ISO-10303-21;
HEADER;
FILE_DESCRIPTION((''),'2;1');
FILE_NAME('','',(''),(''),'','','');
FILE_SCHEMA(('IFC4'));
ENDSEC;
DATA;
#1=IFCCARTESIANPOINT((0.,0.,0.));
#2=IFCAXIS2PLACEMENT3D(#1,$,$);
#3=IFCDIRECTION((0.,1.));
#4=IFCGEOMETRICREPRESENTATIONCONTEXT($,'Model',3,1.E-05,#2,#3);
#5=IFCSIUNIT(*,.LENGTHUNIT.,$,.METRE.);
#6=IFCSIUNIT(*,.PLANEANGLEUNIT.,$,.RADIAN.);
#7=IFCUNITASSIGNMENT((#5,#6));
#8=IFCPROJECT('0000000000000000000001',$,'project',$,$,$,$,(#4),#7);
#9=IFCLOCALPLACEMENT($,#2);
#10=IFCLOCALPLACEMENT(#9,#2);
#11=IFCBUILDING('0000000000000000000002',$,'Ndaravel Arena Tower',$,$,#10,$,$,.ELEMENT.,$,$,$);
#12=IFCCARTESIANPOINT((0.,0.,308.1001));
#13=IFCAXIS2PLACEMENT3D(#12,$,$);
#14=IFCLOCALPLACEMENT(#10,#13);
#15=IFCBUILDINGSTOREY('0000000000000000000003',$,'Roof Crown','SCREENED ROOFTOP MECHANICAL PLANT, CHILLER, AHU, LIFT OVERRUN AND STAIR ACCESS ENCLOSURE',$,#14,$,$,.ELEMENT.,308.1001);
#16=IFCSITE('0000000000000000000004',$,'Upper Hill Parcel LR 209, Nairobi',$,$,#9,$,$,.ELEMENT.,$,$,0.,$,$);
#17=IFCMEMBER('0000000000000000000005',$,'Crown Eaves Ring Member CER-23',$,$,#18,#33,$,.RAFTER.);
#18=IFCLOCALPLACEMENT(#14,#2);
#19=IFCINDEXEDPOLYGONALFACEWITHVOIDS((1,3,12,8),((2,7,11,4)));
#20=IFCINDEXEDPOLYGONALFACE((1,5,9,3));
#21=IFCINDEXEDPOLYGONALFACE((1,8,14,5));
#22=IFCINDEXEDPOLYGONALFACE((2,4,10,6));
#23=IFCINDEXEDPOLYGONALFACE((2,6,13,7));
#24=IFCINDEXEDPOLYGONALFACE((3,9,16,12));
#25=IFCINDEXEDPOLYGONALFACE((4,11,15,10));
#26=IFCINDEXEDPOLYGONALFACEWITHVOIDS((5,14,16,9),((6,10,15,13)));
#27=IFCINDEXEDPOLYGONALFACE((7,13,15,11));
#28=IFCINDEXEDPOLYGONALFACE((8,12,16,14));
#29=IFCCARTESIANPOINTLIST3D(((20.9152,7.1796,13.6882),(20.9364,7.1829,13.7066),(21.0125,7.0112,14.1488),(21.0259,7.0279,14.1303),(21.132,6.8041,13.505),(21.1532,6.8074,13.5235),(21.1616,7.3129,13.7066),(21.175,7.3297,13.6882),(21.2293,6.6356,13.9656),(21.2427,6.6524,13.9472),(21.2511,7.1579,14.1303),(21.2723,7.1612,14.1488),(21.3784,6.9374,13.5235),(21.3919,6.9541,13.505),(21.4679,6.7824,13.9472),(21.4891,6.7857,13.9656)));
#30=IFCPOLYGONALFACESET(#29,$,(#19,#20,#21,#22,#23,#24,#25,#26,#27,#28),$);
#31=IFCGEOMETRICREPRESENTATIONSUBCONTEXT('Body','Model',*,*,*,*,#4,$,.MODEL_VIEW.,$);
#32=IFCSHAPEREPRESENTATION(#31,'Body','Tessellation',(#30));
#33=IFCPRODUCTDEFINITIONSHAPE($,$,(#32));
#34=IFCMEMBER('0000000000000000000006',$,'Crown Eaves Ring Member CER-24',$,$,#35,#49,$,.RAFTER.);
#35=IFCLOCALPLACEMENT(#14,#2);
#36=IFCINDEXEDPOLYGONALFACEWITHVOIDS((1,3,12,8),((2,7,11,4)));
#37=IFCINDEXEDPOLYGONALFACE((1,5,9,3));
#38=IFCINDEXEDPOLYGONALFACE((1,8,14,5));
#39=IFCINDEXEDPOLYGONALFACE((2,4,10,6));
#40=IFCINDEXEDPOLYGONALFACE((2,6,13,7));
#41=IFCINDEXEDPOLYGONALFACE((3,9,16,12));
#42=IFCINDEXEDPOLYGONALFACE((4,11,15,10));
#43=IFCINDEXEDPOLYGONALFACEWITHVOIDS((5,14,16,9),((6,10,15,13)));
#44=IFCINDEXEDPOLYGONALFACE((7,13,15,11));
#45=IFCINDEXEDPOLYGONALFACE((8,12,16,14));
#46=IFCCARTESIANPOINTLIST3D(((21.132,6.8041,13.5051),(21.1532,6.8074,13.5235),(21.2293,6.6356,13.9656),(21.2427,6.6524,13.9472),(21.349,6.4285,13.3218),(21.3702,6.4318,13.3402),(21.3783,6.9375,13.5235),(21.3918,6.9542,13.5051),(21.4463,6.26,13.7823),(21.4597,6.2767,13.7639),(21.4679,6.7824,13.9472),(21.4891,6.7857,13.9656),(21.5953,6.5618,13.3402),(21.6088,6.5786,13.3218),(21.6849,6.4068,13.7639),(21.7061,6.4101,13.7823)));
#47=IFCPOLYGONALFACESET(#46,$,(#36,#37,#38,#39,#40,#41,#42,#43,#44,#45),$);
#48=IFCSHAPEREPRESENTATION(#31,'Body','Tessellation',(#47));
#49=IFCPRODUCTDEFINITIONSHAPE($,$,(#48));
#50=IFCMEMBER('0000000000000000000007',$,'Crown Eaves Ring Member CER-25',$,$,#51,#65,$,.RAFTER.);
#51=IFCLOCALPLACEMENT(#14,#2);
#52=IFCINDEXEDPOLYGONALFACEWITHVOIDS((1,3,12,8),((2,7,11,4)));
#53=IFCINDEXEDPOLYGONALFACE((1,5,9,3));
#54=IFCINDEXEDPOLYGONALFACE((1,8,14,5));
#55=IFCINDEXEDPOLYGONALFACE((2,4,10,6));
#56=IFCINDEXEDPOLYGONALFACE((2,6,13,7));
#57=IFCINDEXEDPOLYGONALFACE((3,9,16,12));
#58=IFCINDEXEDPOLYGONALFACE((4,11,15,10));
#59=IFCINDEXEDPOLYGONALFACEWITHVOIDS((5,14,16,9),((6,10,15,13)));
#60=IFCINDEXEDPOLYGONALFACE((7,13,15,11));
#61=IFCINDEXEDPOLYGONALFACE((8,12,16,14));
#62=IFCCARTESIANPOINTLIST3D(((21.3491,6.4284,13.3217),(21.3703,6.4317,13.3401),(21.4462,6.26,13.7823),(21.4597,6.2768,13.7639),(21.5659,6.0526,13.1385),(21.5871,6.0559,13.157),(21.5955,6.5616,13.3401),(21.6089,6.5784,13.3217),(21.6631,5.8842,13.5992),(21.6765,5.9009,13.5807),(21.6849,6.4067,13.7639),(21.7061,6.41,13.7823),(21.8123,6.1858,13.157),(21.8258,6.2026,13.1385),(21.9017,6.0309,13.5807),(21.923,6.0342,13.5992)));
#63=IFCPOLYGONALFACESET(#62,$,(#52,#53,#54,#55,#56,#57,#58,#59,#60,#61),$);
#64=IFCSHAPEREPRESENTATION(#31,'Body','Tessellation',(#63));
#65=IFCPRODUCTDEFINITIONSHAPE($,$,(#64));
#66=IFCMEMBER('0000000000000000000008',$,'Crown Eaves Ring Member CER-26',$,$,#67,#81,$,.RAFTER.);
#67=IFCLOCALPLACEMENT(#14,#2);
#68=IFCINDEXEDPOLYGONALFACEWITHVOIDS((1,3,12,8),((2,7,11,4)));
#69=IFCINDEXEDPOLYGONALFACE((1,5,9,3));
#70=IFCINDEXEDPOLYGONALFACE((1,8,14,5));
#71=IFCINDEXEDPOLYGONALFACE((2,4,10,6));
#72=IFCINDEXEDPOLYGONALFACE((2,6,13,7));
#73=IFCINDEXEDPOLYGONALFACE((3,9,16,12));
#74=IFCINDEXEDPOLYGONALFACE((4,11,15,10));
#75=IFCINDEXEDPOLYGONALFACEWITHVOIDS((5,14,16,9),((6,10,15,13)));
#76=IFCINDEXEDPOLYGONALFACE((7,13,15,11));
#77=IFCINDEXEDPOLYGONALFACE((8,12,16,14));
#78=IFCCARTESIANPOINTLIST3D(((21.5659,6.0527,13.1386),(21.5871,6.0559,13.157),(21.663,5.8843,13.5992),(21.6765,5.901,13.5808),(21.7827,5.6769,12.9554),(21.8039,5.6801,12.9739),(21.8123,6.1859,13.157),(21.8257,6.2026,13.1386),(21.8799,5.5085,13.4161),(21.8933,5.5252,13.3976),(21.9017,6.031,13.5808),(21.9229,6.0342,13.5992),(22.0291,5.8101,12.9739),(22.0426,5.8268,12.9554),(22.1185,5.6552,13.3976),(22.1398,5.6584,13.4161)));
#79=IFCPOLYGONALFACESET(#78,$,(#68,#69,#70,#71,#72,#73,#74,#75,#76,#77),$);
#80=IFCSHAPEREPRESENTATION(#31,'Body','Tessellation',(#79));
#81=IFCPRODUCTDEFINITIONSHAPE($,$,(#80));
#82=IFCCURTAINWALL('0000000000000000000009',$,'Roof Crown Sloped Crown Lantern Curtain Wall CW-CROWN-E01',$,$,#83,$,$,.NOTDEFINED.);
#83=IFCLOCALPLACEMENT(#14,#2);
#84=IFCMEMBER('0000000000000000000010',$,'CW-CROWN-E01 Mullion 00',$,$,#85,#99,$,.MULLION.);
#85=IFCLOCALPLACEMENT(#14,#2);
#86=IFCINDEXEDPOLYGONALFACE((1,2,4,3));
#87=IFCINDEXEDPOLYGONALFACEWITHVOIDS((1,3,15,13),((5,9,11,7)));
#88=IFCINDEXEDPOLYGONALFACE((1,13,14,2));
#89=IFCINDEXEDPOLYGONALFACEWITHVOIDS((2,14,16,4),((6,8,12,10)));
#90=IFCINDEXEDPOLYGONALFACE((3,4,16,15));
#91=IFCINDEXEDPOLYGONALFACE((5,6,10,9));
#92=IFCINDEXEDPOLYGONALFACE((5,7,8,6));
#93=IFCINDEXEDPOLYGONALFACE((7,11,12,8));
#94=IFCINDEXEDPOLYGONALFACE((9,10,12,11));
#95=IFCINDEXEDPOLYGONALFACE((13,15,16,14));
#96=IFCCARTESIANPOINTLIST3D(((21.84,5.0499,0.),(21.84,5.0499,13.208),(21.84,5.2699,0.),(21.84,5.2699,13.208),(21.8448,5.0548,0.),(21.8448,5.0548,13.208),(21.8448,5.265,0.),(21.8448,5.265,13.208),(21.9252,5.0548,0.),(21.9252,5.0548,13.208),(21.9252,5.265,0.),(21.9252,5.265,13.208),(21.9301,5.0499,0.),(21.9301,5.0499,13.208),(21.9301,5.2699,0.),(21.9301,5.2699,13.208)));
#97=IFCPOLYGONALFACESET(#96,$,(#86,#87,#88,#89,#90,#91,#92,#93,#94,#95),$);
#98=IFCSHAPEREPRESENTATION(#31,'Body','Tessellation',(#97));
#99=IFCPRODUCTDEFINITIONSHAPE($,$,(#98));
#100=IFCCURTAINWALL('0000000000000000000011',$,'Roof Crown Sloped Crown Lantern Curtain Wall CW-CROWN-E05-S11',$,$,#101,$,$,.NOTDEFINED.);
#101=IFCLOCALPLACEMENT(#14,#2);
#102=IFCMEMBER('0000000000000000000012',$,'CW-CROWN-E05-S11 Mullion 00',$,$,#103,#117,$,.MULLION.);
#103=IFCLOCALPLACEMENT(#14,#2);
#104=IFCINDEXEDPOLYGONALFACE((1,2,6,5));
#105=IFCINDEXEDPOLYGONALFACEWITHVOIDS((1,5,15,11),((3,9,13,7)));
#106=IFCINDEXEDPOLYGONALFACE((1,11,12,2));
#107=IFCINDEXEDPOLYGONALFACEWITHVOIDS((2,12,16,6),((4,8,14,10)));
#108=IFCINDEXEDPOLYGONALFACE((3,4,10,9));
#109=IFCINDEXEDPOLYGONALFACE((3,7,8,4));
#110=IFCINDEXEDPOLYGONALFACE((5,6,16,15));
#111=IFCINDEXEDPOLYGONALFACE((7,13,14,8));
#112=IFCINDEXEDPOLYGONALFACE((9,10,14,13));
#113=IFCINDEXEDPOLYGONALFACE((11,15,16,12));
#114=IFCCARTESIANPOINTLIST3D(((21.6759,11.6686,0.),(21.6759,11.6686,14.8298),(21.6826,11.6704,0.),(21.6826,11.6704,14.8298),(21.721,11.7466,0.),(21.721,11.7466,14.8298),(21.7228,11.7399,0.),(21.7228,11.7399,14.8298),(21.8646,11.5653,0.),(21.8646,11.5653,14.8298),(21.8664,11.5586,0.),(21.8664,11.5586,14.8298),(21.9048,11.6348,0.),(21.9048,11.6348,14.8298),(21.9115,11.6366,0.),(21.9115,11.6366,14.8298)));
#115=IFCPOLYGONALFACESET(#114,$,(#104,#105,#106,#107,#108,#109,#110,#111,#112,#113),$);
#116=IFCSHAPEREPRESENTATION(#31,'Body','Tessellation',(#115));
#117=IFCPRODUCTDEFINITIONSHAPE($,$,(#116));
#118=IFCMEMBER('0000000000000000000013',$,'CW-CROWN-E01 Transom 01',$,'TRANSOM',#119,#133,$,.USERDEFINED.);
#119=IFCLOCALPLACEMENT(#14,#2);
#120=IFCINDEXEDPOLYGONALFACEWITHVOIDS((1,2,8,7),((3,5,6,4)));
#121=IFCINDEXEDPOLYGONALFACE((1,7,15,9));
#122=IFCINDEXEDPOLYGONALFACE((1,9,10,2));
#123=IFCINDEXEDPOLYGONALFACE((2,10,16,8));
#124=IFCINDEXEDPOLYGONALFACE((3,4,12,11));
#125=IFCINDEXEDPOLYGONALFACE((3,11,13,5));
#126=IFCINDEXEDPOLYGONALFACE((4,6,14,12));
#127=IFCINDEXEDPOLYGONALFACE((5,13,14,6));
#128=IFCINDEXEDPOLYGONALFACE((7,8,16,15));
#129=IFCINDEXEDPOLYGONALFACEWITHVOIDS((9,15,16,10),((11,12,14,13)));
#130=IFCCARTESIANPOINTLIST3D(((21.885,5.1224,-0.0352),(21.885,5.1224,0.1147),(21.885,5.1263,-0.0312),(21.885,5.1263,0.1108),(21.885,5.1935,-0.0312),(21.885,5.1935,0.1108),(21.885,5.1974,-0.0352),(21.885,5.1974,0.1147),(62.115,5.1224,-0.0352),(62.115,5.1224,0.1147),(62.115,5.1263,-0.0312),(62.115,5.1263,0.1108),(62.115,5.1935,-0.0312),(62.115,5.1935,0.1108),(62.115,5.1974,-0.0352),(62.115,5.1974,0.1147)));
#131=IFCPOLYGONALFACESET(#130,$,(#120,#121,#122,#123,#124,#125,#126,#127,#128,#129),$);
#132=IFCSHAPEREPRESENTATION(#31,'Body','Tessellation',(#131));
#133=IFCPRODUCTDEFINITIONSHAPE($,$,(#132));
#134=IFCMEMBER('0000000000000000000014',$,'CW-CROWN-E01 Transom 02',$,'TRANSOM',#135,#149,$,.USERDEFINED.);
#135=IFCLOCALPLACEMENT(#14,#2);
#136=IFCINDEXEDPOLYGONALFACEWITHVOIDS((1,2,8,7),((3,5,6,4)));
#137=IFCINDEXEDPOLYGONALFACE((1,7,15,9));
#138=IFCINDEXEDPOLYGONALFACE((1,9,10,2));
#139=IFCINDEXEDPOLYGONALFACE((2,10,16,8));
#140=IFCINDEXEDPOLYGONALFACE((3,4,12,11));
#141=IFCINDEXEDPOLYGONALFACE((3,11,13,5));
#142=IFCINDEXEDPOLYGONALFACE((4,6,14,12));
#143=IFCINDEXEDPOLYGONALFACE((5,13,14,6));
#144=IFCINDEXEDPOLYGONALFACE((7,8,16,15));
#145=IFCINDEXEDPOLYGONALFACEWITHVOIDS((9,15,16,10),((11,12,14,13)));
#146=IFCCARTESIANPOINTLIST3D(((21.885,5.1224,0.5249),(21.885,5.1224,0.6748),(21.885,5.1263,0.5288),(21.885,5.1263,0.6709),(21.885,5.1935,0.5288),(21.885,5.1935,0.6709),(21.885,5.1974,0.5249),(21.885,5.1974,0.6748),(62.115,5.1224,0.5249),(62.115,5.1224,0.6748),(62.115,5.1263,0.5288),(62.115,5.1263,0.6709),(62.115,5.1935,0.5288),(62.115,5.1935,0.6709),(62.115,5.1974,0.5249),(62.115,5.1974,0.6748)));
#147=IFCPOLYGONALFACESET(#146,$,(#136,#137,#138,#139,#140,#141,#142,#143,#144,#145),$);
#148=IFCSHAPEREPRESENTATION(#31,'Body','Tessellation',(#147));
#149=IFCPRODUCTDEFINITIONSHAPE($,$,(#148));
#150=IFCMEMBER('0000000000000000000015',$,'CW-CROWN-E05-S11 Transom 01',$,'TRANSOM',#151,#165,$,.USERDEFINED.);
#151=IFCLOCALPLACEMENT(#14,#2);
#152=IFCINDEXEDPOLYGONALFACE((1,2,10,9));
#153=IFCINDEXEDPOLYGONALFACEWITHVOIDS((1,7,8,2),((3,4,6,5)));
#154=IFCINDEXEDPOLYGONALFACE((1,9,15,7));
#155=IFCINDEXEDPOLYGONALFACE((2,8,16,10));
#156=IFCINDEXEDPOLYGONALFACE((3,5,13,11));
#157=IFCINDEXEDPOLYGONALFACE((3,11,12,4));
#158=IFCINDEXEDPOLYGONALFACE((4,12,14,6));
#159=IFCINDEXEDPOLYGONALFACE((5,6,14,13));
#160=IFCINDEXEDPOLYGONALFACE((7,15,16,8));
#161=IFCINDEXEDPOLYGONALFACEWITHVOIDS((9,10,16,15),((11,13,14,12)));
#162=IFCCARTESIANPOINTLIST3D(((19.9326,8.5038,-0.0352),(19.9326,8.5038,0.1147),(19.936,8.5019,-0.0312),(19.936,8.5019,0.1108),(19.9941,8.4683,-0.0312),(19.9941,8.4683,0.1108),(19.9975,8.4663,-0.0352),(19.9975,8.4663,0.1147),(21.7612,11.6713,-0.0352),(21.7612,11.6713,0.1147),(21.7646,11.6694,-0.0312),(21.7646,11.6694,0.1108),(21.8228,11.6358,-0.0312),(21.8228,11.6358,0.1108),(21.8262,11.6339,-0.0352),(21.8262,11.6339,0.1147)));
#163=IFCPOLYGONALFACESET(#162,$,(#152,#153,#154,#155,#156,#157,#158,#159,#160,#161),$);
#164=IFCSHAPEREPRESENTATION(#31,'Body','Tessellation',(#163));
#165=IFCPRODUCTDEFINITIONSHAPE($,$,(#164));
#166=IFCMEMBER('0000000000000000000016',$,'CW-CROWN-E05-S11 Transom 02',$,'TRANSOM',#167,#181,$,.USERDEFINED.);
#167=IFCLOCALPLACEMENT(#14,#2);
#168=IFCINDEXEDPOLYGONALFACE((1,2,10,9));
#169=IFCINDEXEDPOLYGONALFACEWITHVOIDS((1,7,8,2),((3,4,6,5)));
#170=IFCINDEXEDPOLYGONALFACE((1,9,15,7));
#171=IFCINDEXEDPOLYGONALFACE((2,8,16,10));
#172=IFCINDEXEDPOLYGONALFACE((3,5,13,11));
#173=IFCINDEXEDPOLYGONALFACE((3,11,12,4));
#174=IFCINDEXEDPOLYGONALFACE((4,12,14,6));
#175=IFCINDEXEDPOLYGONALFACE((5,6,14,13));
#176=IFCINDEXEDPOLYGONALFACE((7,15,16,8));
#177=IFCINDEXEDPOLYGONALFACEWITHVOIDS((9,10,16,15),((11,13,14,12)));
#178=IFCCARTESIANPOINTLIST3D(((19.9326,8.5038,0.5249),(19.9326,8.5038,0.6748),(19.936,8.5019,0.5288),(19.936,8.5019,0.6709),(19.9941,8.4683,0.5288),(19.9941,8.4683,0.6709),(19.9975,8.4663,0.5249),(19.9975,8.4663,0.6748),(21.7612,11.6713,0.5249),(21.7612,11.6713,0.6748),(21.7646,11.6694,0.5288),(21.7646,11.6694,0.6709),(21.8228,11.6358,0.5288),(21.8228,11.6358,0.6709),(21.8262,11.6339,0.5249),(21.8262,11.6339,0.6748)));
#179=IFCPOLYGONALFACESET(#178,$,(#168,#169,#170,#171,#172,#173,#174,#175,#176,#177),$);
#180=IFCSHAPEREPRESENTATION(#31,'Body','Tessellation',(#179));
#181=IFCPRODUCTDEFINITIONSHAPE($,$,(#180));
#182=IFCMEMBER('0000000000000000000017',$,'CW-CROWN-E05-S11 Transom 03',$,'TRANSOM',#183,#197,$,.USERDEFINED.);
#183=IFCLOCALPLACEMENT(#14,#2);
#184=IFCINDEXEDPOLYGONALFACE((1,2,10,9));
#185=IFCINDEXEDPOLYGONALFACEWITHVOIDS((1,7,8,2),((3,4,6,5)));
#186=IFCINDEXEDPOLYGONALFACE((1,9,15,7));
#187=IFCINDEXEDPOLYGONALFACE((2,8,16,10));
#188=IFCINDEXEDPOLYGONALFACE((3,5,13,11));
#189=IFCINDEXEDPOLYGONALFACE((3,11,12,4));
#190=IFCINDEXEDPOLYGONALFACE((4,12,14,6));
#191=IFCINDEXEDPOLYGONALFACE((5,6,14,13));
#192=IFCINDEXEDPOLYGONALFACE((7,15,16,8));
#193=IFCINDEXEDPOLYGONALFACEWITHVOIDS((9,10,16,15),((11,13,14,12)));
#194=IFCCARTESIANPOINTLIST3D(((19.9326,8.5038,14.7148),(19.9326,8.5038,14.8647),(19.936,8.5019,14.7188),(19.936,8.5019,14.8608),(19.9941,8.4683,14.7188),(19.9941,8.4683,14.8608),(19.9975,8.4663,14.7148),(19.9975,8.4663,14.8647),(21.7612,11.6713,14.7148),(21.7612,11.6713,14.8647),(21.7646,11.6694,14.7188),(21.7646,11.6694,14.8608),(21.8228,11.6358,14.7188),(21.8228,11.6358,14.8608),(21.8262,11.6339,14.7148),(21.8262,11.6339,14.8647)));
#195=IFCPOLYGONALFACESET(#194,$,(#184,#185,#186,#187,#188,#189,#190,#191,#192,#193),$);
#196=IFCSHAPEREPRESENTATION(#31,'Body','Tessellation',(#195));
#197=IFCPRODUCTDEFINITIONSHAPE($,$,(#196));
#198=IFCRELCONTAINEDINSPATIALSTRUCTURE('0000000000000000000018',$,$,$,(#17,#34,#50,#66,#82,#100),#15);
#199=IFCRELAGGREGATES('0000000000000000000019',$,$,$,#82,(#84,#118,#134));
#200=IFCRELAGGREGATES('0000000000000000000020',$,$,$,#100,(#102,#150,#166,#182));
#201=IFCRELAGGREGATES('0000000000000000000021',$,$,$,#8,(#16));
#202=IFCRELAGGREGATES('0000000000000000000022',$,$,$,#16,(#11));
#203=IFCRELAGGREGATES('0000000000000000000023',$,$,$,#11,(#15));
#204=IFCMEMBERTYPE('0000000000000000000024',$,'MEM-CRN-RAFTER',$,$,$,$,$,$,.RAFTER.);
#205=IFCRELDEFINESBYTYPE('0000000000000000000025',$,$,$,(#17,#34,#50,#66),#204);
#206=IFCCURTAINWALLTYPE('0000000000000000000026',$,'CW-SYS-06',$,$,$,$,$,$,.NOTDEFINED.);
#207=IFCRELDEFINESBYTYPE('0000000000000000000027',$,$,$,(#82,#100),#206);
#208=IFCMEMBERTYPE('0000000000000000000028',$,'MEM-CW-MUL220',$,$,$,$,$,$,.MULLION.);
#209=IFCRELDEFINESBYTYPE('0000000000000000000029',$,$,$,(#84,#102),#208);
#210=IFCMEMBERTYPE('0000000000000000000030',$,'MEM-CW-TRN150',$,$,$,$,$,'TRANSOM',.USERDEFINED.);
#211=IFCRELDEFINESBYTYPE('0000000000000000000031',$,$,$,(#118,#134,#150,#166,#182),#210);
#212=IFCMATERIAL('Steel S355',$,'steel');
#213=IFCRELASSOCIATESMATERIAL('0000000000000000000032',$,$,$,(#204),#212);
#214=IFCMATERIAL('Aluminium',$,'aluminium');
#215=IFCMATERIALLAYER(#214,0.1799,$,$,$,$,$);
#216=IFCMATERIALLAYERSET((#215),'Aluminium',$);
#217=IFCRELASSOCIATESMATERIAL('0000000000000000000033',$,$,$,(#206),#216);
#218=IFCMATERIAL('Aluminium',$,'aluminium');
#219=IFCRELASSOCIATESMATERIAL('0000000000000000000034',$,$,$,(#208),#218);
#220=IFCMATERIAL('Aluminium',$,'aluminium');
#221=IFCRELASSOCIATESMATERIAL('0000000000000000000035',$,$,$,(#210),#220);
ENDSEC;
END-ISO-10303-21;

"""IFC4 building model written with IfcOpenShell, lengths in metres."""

from ifc_helpers import new_model, si_unit, direction, frame, origin, origin_2d, place, context, subcontext, project, spatial, hollow_rectangle, extrude, material, layer, layer_set, material_profile, profile_set, type_object, element, aggregate, save


model = new_model("IFC4")

# Units and contexts
model_context = context("Model", 3, precision=1e-05, world=origin(), true_north=direction((0.0, 1.0)))
body_context = subcontext(model_context, "Body", "Model", "MODEL_VIEW")
ifc_project = project(units=[si_unit("LENGTHUNIT", "METRE"), si_unit("PLANEANGLEUNIT", "RADIAN")], contexts=[model_context])

# Site, building, storey
site_placement = place(None, origin())
site = spatial("IfcSite", under=ifc_project, at=site_placement, Name="Upper Hill Parcel LR 209, Nairobi", CompositionType="ELEMENT", RefElevation=0.0)
building_placement = place(site_placement, origin())
building = spatial("IfcBuilding", under=site, at=building_placement, Name="Ndaravel Arena Tower", CompositionType="ELEMENT")
storey_placement = place(building_placement, frame((0.0, 0.0, 308.1001)))
storey = spatial("IfcBuildingStorey", under=building, at=storey_placement, Name="Roof Crown", Description="SCREENED ROOFTOP MECHANICAL PLANT, CHILLER, AHU, LIFT OVERRUN AND STAIR ACCESS ENCLOSURE", CompositionType="ELEMENT", Elevation=308.1001)

# Members
ifc_material_1 = material(Name="Steel S355", Category="steel")
ifc_material_profile_1 = material_profile(ifc_material_1, hollow_rectangle(XDim=0.3, YDim=0.5, WallThickness=0.02, at=origin_2d()), Name="RHS 500x300x20")
ifc_profile_set_1 = profile_set([ifc_material_profile_1], Name="Steel S355")
member_type_1 = type_object("IfcMemberType", Name="MEM-CRN-RAFTER", PredefinedType="RAFTER", material=ifc_profile_set_1)
member_1_placement = place(storey_placement, frame((21.0938, 7.1704, 13.9185), z_axis=(0.460624, -0.797793, -0.389041), x_axis=(0.866017, 0.500015, 0.0)))
element("IfcMember", 1, at=member_1_placement, inside=storey, type_object=member_type_1, Name="Crown Eaves Ring Member CER-23", PredefinedType="RAFTER", context=body_context, shape_type="SweptSolid", body=[
    extrude(hollow_rectangle(XDim=0.3, YDim=0.5, WallThickness=0.02, at=origin_2d()), origin(), (0.0, 0.0, 1.0), 0.4707),
])
for number, where, z_axis, x_axis, name in (
    (2, (21.3105, 6.7949, 13.7354), (0.460749, -0.79763, -0.389227), (0.865914, 0.500193, 0.0), "Crown Eaves Ring Member CER-24"),
    (3, (21.5276, 6.4192, 13.552), (0.460433, -0.797981, -0.38888), (0.866157, 0.499771, 0.0), "Crown Eaves Ring Member CER-25"),
    (4, (21.7444, 6.0435, 13.3689), (0.460433, -0.797981, -0.38888), (0.866157, 0.499771, 0.0), "Crown Eaves Ring Member CER-26"),
):
    element("IfcMember", number, at=place(storey_placement, frame(where, z_axis=z_axis, x_axis=x_axis)), inside=storey, type_object=member_type_1, Name=name, PredefinedType="RAFTER", context=body_context, shape_type="SweptSolid", body=[
        extrude(hollow_rectangle(XDim=0.3, YDim=0.5, WallThickness=0.02, at=origin_2d()), origin(), (0.0, 0.0, 1.0), 0.4709),
    ])

# Curtain walls, members
ifc_material_2 = material(Name="Aluminium", Category="aluminium")
ifc_layer_1 = layer(ifc_material_2, 0.1799)
ifc_layer_set_1 = layer_set([ifc_layer_1], Name="Aluminium")
curtain_wall_type = type_object("IfcCurtainWallType", Name="CW-SYS-06", PredefinedType="NOTDEFINED", material=ifc_layer_set_1)
curtain_wall_1_placement = place(storey_placement, origin())
curtain_wall_1 = element("IfcCurtainWall", 5, at=curtain_wall_1_placement, inside=storey, type_object=curtain_wall_type, Name="Roof Crown Sloped Crown Lantern Curtain Wall CW-CROWN-E01", PredefinedType="NOTDEFINED")
ifc_material_3 = material(Name="Aluminium", Category="aluminium")
ifc_material_profile_2 = material_profile(ifc_material_3, hollow_rectangle(XDim=0.0901, YDim=0.22, WallThickness=0.0049, at=origin_2d()), Name="CW MULLION 90x220x5")
ifc_profile_set_2 = profile_set([ifc_material_profile_2], Name="Aluminium")
member_type_2 = type_object("IfcMemberType", Name="MEM-CW-MUL220", PredefinedType="MULLION", material=ifc_profile_set_2)
member_2_placement = place(storey_placement, frame((21.885, 5.1599, 0.0), z_axis=(0.0, 0.0, 1.0), x_axis=(1.0, 0.0, 0.0)))
member_2 = element("IfcMember", 6, at=member_2_placement, type_object=member_type_2, Name="CW-CROWN-E01 Mullion 00", PredefinedType="MULLION", context=body_context, shape_type="SweptSolid", body=[
    extrude(hollow_rectangle(XDim=0.0901, YDim=0.22, WallThickness=0.0049, at=origin_2d()), origin(), (0.0, 0.0, 1.0), 13.208),
])
curtain_wall_2_placement = place(storey_placement, origin())
curtain_wall_2 = element("IfcCurtainWall", 7, at=curtain_wall_2_placement, inside=storey, type_object=curtain_wall_type, Name="Roof Crown Sloped Crown Lantern Curtain Wall CW-CROWN-E05-S11", PredefinedType="NOTDEFINED")
member_3_placement = place(storey_placement, frame((21.7937, 11.6526, 0.0), z_axis=(0.0, 0.0, 1.0), x_axis=(-0.499985, -0.866034, 0.0)))
member_3 = element("IfcMember", 8, at=member_3_placement, type_object=member_type_2, Name="CW-CROWN-E05-S11 Mullion 00", PredefinedType="MULLION", context=body_context, shape_type="SweptSolid", body=[
    extrude(hollow_rectangle(XDim=0.0901, YDim=0.22, WallThickness=0.0049, at=origin_2d()), origin(), (0.0, 0.0, 1.0), 14.8298),
])

# Members
ifc_material_4 = material(Name="Aluminium", Category="aluminium")
ifc_material_profile_3 = material_profile(ifc_material_4, hollow_rectangle(XDim=0.075, YDim=0.1499, WallThickness=0.0039, at=origin_2d()), Name="CW TRANSOM 75x150x4")
ifc_profile_set_3 = profile_set([ifc_material_profile_3], Name="Aluminium")
member_type_3 = type_object("IfcMemberType", Name="MEM-CW-TRN150", ElementType="TRANSOM", PredefinedType="USERDEFINED", material=ifc_profile_set_3)
member_4_placement = place(storey_placement, frame((21.885, 5.1599, 0.0398), z_axis=(1.0, 0.0, 0.0), x_axis=(0.0, 1.0, 0.0)))
member_4 = element("IfcMember", 9, at=member_4_placement, type_object=member_type_3, Name="CW-CROWN-E01 Transom 01", ObjectType="TRANSOM", PredefinedType="USERDEFINED", context=body_context, shape_type="SweptSolid", body=[
    extrude(hollow_rectangle(XDim=0.075, YDim=0.1499, WallThickness=0.0039, at=origin_2d()), origin(), (0.0, 0.0, 1.0), 40.23),
])
member_5_placement = place(storey_placement, frame((21.885, 5.1599, 0.5999), z_axis=(1.0, 0.0, 0.0), x_axis=(0.0, 1.0, 0.0)))
member_5 = element("IfcMember", 10, at=member_5_placement, type_object=member_type_3, Name="CW-CROWN-E01 Transom 02", ObjectType="TRANSOM", PredefinedType="USERDEFINED", context=body_context, shape_type="SweptSolid", body=[
    extrude(hollow_rectangle(XDim=0.075, YDim=0.1499, WallThickness=0.0039, at=origin_2d()), origin(), (0.0, 0.0, 1.0), 40.23),
])
aggregate(curtain_wall_1, [member_2, member_4, member_5])
member_6_placement = place(storey_placement, frame((21.7937, 11.6526, 0.0398), z_axis=(-0.499973, -0.866041, 0.0), x_axis=(0.866041, -0.499973, 0.0)))
member_6 = element("IfcMember", 11, at=member_6_placement, type_object=member_type_3, Name="CW-CROWN-E05-S11 Transom 01", ObjectType="TRANSOM", PredefinedType="USERDEFINED", context=body_context, shape_type="SweptSolid", body=[
    extrude(hollow_rectangle(XDim=0.075, YDim=0.1499, WallThickness=0.0039, at=origin_2d()), origin(), (0.0, 0.0, 1.0), 3.6575),
])
member_7_placement = place(storey_placement, frame((21.7937, 11.6526, 0.5999), z_axis=(-0.499973, -0.866041, 0.0), x_axis=(0.866041, -0.499973, 0.0)))
member_7 = element("IfcMember", 12, at=member_7_placement, type_object=member_type_3, Name="CW-CROWN-E05-S11 Transom 02", ObjectType="TRANSOM", PredefinedType="USERDEFINED", context=body_context, shape_type="SweptSolid", body=[
    extrude(hollow_rectangle(XDim=0.075, YDim=0.1499, WallThickness=0.0039, at=origin_2d()), origin(), (0.0, 0.0, 1.0), 3.6575),
])
member_8_placement = place(storey_placement, frame((21.7937, 11.6526, 14.7898), z_axis=(-0.499973, -0.866041, 0.0), x_axis=(0.866041, -0.499973, 0.0)))
member_8 = element("IfcMember", 13, at=member_8_placement, type_object=member_type_3, Name="CW-CROWN-E05-S11 Transom 03", ObjectType="TRANSOM", PredefinedType="USERDEFINED", context=body_context, shape_type="SweptSolid", body=[
    extrude(hollow_rectangle(XDim=0.075, YDim=0.1499, WallThickness=0.0039, at=origin_2d()), origin(), (0.0, 0.0, 1.0), 3.6575),
])
aggregate(curtain_wall_2, [member_3, member_6, member_7, member_8])

save(model, "model.ifc")
